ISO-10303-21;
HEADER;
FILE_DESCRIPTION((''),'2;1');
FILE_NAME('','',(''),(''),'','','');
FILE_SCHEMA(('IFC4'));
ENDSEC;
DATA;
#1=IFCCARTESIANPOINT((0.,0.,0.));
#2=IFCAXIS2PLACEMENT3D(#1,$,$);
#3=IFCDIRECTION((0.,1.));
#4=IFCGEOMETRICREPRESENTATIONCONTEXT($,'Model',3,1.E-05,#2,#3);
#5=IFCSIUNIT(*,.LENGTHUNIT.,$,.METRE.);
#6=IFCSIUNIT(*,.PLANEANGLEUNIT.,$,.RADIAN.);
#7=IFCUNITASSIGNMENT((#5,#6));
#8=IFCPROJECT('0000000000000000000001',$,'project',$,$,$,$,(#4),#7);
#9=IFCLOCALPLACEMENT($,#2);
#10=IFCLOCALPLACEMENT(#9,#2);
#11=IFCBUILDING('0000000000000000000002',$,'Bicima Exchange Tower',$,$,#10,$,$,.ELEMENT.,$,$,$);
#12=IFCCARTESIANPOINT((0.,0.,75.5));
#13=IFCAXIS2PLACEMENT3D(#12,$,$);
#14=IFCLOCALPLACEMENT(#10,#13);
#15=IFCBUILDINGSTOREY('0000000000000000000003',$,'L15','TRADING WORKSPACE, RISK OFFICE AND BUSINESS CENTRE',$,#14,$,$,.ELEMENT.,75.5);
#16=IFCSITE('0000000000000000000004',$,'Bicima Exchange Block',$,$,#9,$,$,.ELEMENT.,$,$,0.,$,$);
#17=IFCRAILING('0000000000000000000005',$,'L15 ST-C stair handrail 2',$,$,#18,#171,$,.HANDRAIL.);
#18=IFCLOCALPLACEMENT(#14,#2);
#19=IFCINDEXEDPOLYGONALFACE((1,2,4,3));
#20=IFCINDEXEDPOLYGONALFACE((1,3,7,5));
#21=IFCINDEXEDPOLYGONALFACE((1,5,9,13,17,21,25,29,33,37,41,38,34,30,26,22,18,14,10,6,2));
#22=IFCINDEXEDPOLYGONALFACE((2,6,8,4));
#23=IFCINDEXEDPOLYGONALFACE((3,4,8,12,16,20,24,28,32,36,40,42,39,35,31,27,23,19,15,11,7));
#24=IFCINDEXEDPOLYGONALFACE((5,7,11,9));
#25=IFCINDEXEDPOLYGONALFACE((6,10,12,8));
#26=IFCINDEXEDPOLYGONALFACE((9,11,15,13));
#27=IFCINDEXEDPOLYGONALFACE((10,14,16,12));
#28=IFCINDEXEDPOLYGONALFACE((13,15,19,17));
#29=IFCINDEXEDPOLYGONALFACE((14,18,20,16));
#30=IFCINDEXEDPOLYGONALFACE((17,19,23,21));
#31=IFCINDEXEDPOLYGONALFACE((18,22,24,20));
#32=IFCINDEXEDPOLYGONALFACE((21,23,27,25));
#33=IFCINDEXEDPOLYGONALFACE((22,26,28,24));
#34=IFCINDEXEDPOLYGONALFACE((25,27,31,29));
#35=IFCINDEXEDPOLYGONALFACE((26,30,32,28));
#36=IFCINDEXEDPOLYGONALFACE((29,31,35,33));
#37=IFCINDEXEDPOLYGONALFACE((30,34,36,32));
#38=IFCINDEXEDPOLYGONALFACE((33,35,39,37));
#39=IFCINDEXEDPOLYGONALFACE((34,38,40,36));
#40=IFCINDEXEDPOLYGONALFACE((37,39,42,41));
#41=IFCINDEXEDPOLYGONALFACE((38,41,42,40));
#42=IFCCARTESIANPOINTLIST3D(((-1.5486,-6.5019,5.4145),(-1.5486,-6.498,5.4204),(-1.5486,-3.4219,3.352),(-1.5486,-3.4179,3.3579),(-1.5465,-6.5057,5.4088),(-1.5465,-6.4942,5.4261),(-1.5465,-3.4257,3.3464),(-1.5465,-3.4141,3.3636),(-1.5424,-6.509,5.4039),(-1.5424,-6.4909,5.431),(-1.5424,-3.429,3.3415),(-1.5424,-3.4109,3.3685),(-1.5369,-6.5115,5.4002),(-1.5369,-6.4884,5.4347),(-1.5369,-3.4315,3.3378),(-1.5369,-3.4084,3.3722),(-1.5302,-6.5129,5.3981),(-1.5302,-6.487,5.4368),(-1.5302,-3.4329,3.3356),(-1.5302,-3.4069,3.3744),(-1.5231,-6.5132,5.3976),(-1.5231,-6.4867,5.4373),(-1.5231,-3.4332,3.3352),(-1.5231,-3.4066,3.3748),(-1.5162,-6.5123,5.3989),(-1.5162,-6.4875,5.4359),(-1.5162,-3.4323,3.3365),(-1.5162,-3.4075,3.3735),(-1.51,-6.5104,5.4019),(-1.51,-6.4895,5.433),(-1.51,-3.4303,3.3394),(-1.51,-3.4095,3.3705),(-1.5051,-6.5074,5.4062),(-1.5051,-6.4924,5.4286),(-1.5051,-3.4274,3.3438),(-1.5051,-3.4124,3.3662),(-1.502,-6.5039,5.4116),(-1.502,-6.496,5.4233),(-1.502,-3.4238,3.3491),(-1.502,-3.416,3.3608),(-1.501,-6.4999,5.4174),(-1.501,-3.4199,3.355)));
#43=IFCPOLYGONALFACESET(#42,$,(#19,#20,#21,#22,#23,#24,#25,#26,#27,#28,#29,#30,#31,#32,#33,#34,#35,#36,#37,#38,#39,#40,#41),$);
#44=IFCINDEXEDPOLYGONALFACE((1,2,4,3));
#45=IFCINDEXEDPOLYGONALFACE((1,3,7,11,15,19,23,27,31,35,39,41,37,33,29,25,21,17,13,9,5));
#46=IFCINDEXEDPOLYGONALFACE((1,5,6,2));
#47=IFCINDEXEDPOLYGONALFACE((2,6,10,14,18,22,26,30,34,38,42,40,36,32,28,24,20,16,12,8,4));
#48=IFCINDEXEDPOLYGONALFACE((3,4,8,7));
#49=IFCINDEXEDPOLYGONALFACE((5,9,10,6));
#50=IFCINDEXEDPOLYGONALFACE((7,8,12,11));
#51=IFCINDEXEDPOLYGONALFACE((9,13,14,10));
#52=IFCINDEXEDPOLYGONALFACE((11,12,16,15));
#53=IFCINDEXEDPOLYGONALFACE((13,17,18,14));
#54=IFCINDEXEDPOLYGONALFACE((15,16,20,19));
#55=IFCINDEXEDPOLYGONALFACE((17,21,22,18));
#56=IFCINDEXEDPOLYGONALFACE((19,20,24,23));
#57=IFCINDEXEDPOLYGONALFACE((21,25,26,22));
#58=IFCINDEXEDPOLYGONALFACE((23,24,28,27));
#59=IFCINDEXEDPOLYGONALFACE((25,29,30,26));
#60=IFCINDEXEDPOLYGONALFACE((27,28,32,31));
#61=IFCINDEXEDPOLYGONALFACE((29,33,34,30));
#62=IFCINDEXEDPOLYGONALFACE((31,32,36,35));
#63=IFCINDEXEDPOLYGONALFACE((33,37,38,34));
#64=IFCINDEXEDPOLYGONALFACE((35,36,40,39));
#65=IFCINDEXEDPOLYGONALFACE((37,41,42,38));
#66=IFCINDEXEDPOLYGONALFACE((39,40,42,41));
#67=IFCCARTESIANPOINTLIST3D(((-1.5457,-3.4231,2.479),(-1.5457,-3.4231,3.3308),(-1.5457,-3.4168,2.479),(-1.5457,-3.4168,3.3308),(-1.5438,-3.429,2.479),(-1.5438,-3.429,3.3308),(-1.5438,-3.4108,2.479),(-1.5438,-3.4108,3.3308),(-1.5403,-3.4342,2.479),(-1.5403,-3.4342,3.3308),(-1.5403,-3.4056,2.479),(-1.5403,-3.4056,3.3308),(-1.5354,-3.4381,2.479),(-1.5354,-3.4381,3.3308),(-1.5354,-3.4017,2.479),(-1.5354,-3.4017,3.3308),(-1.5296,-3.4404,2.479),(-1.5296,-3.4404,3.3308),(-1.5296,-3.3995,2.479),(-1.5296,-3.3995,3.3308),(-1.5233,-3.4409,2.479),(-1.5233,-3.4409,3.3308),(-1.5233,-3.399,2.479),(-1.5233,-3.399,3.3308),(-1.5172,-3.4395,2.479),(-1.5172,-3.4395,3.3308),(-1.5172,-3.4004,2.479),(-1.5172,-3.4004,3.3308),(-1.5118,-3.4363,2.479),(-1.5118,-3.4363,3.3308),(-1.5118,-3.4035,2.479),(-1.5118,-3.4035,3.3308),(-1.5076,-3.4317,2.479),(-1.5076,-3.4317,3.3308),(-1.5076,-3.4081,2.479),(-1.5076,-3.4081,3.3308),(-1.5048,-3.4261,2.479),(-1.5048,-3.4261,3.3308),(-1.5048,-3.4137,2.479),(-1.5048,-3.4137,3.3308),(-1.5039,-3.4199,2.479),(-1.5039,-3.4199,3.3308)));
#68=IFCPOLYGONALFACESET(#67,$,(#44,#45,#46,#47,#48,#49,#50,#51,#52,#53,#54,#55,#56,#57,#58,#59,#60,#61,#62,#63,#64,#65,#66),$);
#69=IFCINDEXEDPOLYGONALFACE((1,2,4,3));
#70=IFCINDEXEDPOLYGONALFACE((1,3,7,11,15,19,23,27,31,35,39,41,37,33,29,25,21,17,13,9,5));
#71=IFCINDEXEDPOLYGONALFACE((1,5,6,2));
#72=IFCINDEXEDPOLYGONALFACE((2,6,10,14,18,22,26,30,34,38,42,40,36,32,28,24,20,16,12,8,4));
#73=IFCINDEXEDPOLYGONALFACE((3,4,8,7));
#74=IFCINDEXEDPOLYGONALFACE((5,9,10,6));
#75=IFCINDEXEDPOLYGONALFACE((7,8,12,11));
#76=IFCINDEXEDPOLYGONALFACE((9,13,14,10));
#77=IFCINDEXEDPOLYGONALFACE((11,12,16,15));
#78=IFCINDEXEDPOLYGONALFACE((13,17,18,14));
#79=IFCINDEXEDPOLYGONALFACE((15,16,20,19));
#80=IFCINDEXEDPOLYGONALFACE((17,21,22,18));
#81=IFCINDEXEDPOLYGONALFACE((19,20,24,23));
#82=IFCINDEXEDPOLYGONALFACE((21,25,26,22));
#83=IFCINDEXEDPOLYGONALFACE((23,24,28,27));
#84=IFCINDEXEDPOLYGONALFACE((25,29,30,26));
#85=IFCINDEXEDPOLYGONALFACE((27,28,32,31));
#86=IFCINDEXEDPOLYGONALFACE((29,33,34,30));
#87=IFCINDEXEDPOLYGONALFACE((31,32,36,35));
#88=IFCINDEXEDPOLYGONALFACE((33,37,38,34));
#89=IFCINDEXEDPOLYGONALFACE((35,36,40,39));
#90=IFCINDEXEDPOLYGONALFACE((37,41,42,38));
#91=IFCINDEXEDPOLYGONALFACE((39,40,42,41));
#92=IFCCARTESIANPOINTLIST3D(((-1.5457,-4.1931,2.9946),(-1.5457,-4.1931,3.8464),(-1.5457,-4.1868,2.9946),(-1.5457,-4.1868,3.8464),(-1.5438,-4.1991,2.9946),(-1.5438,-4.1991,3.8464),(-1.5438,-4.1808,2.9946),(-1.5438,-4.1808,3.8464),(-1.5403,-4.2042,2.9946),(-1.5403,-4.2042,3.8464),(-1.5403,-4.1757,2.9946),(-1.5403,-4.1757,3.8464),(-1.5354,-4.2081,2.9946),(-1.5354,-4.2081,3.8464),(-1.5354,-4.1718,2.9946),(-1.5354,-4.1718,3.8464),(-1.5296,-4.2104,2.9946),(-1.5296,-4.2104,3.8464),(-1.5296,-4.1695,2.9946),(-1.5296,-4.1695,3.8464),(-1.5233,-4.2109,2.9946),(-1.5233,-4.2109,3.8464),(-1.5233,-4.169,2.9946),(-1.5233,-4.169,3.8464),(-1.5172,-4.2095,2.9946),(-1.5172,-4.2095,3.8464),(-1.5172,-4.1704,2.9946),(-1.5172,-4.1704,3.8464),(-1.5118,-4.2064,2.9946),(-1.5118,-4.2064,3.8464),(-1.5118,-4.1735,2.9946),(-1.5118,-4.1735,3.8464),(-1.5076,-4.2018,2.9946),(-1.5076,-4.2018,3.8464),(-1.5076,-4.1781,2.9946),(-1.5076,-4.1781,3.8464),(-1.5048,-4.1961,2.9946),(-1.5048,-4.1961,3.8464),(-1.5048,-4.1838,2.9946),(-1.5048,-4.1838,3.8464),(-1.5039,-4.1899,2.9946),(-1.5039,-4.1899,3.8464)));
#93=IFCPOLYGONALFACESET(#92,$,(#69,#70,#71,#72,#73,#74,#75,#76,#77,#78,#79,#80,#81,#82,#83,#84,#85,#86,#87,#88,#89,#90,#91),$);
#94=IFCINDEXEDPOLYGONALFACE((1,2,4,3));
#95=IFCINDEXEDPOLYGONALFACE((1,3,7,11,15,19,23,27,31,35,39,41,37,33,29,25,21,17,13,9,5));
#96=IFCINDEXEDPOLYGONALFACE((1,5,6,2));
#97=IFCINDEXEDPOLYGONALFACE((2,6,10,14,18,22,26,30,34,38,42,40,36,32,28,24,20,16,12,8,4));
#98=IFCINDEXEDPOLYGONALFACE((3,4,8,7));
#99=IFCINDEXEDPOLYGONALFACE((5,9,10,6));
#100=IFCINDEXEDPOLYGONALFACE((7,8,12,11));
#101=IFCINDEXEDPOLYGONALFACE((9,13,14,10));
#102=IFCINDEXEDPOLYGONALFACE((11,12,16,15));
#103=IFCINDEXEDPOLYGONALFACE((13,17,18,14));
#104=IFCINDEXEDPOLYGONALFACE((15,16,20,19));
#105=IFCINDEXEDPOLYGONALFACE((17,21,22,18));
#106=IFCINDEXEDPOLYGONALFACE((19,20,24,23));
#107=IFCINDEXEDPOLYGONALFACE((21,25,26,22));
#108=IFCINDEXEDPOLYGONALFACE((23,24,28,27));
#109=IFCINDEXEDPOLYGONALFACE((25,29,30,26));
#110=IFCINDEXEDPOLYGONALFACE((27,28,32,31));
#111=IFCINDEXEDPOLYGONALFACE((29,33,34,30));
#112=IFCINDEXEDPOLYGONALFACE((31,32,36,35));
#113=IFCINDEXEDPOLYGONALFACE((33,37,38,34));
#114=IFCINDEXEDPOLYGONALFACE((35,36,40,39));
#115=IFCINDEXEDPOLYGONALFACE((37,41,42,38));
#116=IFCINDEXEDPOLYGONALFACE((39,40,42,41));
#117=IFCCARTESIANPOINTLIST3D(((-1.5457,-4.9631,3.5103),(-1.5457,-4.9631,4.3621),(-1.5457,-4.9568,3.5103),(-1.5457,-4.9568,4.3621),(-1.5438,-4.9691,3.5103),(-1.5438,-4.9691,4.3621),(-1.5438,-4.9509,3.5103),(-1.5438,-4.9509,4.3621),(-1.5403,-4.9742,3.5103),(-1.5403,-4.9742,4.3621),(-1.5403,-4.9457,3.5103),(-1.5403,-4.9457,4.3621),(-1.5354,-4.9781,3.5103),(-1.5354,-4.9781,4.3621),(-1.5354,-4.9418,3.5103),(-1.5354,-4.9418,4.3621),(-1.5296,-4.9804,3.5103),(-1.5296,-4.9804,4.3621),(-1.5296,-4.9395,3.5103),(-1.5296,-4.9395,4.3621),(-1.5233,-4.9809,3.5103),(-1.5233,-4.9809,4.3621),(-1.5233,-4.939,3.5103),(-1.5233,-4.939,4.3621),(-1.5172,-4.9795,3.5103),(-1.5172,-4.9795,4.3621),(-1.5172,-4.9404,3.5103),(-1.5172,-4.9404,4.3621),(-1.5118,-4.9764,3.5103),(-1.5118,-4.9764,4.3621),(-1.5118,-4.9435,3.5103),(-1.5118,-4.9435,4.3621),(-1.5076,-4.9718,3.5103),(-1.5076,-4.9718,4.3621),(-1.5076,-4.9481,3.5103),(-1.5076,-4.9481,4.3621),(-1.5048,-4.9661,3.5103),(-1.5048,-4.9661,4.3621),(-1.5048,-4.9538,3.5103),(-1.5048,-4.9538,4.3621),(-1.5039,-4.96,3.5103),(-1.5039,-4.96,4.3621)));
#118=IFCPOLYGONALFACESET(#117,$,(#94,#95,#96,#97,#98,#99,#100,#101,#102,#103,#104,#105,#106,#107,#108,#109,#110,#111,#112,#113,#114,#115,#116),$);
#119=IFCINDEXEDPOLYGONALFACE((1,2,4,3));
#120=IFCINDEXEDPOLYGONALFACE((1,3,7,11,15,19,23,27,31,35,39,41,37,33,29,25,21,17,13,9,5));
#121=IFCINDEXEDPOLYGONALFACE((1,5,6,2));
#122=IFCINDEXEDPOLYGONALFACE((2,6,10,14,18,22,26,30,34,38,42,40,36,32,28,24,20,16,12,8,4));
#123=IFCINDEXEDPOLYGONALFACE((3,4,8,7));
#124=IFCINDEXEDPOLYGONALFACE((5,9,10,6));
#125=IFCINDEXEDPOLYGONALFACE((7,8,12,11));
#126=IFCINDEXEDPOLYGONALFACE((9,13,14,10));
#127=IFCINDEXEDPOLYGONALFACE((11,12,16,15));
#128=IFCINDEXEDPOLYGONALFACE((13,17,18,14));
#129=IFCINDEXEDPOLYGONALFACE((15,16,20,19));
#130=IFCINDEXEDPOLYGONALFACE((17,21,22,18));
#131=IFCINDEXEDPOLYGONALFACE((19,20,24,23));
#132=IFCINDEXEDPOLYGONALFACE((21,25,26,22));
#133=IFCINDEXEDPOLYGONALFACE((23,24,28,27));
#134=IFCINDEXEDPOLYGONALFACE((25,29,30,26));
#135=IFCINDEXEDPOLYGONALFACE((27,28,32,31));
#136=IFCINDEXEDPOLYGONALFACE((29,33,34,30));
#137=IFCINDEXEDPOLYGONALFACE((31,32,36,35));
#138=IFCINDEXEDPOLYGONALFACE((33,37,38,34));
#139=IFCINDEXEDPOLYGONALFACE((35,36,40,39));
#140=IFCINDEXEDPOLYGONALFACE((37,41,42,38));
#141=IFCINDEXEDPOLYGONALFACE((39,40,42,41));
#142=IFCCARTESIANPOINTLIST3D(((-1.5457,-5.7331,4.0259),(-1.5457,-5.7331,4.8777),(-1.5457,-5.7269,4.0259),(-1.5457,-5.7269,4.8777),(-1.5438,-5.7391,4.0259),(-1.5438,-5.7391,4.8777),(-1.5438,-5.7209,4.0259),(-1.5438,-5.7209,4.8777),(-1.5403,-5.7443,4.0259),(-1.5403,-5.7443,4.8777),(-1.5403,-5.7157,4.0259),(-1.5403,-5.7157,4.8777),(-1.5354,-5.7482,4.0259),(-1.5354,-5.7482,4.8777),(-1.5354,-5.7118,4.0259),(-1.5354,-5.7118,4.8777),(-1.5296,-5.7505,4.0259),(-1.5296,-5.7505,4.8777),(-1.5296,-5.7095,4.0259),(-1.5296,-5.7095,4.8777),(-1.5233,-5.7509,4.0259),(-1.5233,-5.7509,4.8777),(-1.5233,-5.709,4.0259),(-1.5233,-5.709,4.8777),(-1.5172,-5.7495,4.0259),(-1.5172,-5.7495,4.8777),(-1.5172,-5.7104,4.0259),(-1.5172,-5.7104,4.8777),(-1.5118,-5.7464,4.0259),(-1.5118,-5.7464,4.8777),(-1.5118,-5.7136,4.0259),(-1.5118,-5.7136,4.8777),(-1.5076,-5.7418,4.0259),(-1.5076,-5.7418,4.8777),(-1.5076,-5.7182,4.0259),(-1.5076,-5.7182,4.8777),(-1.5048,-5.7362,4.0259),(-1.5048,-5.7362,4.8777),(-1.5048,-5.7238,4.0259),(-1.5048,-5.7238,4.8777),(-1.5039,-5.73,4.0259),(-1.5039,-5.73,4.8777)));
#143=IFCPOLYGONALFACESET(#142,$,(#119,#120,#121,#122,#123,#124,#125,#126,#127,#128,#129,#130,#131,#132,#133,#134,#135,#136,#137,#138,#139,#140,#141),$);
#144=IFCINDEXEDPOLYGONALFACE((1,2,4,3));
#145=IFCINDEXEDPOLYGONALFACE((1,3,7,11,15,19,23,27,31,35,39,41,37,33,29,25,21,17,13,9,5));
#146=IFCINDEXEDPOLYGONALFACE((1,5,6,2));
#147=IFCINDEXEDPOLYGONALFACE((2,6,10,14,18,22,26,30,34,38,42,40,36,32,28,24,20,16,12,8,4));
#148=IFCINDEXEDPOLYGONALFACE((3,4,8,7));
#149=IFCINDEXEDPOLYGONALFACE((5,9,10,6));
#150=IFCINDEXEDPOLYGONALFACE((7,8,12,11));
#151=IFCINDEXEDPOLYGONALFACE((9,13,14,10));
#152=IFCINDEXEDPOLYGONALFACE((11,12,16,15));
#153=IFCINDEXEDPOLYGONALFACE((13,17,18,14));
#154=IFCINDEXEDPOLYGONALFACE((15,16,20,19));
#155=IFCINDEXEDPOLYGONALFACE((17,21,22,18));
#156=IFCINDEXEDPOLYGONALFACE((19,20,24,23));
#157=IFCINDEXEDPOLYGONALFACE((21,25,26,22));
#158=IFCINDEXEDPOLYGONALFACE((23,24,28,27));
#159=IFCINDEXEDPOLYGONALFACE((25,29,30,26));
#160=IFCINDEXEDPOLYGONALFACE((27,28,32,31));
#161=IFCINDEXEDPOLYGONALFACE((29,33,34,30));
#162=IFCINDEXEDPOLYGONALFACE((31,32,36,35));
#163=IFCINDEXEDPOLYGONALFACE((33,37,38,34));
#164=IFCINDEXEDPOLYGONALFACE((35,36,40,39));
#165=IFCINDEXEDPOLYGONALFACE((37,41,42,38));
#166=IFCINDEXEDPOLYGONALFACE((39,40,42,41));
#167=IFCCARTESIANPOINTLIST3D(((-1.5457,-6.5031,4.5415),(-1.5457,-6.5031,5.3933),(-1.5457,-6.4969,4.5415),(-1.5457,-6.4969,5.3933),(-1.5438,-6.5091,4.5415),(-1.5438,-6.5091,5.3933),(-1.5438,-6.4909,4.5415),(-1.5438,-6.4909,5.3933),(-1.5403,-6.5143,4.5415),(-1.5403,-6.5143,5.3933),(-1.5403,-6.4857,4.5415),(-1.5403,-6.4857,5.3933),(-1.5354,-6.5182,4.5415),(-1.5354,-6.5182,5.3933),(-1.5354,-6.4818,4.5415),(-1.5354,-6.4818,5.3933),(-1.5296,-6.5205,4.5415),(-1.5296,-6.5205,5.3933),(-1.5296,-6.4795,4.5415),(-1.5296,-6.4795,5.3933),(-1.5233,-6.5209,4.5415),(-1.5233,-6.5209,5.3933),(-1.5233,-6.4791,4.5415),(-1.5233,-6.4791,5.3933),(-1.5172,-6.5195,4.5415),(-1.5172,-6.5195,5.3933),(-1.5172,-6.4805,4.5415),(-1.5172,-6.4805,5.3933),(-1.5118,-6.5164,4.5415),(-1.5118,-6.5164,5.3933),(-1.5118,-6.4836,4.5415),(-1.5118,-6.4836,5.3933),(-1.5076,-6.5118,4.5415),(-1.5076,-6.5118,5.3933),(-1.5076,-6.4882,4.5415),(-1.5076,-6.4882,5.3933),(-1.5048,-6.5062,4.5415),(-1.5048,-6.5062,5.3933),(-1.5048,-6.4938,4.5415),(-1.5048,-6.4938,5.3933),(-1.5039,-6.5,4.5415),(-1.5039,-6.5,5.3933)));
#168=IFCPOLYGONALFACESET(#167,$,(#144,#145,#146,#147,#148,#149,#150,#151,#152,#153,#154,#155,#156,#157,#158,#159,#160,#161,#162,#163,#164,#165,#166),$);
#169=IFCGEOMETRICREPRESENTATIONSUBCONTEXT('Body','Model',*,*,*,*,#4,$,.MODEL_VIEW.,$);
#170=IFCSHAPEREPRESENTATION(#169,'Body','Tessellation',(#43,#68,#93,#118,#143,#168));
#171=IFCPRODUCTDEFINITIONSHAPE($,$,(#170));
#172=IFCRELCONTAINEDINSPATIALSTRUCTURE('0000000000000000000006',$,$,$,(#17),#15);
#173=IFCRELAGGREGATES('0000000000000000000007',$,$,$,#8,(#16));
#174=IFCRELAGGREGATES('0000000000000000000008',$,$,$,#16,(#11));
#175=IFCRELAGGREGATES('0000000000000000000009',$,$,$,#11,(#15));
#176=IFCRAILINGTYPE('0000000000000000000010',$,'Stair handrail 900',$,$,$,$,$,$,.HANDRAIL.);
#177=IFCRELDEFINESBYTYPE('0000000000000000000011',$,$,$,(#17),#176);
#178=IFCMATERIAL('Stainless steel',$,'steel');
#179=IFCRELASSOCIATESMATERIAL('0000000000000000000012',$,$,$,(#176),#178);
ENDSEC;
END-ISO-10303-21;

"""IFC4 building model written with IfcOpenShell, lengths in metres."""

from ifc_helpers import new_model, si_unit, direction, frame, origin, origin_2d, place, context, subcontext, project, spatial, circle, extrude, material, type_object, element, save


model = new_model("IFC4")

# Units and contexts
model_context = context("Model", 3, precision=1e-05, world=origin(), true_north=direction((0.0, 1.0)))
body_context = subcontext(model_context, "Body", "Model", "MODEL_VIEW")
ifc_project = project(units=[si_unit("LENGTHUNIT", "METRE"), si_unit("PLANEANGLEUNIT", "RADIAN")], contexts=[model_context])

# Site, building, storey
site_placement = place(None, origin())
site = spatial("IfcSite", under=ifc_project, at=site_placement, Name="Bicima Exchange Block", CompositionType="ELEMENT", RefElevation=0.0)
building_placement = place(site_placement, origin())
building = spatial("IfcBuilding", under=site, at=building_placement, Name="Bicima Exchange Tower", CompositionType="ELEMENT")
storey_placement = place(building_placement, frame((0.0, 0.0, 75.5)))
storey = spatial("IfcBuildingStorey", under=building, at=storey_placement, Name="L15", Description="TRADING WORKSPACE, RISK OFFICE AND BUSINESS CENTRE", CompositionType="ELEMENT", Elevation=75.5)

# Railing
ifc_material_1 = material(Name="Stainless steel", Category="steel")
railing_type = type_object("IfcRailingType", Name="Stair handrail 900", PredefinedType="HANDRAIL", material=ifc_material_1)
railing_placement = place(storey_placement, frame((-1.5249, -3.4199, 2.479)))
element("IfcRailing", 1, at=railing_placement, inside=storey, type_object=railing_type, Name="L15 ST-C stair handrail 2", PredefinedType="HANDRAIL", context=body_context, shape_type="SweptSolid", body=[
    extrude(circle(Radius=0.0239, at=origin_2d()), frame((0.0, 0.0, 0.876), z_axis=(0.0, -0.830914, 0.556401), x_axis=(1.0, 0.0, 0.0)), (0.0, 0.0, 1.0), 3.7068),
    extrude(circle(Radius=0.021, at=origin_2d()), origin(), (0.0, 0.0, 1.0), 0.8518),
    extrude(circle(Radius=0.021, at=origin_2d()), frame((0.0, -0.77, 0.5156)), (0.0, 0.0, 1.0), 0.8518),
    extrude(circle(Radius=0.021, at=origin_2d()), frame((0.0, -1.54, 1.0312)), (0.0, 0.0, 1.0), 0.8518),
    extrude(circle(Radius=0.021, at=origin_2d()), frame((0.0, -2.3101, 1.5469)), (0.0, 0.0, 1.0), 0.8518),
    extrude(circle(Radius=0.021, at=origin_2d()), frame((0.0, -3.0801, 2.0625)), (0.0, 0.0, 1.0), 0.8518),
])

save(model, "model.ifc")
